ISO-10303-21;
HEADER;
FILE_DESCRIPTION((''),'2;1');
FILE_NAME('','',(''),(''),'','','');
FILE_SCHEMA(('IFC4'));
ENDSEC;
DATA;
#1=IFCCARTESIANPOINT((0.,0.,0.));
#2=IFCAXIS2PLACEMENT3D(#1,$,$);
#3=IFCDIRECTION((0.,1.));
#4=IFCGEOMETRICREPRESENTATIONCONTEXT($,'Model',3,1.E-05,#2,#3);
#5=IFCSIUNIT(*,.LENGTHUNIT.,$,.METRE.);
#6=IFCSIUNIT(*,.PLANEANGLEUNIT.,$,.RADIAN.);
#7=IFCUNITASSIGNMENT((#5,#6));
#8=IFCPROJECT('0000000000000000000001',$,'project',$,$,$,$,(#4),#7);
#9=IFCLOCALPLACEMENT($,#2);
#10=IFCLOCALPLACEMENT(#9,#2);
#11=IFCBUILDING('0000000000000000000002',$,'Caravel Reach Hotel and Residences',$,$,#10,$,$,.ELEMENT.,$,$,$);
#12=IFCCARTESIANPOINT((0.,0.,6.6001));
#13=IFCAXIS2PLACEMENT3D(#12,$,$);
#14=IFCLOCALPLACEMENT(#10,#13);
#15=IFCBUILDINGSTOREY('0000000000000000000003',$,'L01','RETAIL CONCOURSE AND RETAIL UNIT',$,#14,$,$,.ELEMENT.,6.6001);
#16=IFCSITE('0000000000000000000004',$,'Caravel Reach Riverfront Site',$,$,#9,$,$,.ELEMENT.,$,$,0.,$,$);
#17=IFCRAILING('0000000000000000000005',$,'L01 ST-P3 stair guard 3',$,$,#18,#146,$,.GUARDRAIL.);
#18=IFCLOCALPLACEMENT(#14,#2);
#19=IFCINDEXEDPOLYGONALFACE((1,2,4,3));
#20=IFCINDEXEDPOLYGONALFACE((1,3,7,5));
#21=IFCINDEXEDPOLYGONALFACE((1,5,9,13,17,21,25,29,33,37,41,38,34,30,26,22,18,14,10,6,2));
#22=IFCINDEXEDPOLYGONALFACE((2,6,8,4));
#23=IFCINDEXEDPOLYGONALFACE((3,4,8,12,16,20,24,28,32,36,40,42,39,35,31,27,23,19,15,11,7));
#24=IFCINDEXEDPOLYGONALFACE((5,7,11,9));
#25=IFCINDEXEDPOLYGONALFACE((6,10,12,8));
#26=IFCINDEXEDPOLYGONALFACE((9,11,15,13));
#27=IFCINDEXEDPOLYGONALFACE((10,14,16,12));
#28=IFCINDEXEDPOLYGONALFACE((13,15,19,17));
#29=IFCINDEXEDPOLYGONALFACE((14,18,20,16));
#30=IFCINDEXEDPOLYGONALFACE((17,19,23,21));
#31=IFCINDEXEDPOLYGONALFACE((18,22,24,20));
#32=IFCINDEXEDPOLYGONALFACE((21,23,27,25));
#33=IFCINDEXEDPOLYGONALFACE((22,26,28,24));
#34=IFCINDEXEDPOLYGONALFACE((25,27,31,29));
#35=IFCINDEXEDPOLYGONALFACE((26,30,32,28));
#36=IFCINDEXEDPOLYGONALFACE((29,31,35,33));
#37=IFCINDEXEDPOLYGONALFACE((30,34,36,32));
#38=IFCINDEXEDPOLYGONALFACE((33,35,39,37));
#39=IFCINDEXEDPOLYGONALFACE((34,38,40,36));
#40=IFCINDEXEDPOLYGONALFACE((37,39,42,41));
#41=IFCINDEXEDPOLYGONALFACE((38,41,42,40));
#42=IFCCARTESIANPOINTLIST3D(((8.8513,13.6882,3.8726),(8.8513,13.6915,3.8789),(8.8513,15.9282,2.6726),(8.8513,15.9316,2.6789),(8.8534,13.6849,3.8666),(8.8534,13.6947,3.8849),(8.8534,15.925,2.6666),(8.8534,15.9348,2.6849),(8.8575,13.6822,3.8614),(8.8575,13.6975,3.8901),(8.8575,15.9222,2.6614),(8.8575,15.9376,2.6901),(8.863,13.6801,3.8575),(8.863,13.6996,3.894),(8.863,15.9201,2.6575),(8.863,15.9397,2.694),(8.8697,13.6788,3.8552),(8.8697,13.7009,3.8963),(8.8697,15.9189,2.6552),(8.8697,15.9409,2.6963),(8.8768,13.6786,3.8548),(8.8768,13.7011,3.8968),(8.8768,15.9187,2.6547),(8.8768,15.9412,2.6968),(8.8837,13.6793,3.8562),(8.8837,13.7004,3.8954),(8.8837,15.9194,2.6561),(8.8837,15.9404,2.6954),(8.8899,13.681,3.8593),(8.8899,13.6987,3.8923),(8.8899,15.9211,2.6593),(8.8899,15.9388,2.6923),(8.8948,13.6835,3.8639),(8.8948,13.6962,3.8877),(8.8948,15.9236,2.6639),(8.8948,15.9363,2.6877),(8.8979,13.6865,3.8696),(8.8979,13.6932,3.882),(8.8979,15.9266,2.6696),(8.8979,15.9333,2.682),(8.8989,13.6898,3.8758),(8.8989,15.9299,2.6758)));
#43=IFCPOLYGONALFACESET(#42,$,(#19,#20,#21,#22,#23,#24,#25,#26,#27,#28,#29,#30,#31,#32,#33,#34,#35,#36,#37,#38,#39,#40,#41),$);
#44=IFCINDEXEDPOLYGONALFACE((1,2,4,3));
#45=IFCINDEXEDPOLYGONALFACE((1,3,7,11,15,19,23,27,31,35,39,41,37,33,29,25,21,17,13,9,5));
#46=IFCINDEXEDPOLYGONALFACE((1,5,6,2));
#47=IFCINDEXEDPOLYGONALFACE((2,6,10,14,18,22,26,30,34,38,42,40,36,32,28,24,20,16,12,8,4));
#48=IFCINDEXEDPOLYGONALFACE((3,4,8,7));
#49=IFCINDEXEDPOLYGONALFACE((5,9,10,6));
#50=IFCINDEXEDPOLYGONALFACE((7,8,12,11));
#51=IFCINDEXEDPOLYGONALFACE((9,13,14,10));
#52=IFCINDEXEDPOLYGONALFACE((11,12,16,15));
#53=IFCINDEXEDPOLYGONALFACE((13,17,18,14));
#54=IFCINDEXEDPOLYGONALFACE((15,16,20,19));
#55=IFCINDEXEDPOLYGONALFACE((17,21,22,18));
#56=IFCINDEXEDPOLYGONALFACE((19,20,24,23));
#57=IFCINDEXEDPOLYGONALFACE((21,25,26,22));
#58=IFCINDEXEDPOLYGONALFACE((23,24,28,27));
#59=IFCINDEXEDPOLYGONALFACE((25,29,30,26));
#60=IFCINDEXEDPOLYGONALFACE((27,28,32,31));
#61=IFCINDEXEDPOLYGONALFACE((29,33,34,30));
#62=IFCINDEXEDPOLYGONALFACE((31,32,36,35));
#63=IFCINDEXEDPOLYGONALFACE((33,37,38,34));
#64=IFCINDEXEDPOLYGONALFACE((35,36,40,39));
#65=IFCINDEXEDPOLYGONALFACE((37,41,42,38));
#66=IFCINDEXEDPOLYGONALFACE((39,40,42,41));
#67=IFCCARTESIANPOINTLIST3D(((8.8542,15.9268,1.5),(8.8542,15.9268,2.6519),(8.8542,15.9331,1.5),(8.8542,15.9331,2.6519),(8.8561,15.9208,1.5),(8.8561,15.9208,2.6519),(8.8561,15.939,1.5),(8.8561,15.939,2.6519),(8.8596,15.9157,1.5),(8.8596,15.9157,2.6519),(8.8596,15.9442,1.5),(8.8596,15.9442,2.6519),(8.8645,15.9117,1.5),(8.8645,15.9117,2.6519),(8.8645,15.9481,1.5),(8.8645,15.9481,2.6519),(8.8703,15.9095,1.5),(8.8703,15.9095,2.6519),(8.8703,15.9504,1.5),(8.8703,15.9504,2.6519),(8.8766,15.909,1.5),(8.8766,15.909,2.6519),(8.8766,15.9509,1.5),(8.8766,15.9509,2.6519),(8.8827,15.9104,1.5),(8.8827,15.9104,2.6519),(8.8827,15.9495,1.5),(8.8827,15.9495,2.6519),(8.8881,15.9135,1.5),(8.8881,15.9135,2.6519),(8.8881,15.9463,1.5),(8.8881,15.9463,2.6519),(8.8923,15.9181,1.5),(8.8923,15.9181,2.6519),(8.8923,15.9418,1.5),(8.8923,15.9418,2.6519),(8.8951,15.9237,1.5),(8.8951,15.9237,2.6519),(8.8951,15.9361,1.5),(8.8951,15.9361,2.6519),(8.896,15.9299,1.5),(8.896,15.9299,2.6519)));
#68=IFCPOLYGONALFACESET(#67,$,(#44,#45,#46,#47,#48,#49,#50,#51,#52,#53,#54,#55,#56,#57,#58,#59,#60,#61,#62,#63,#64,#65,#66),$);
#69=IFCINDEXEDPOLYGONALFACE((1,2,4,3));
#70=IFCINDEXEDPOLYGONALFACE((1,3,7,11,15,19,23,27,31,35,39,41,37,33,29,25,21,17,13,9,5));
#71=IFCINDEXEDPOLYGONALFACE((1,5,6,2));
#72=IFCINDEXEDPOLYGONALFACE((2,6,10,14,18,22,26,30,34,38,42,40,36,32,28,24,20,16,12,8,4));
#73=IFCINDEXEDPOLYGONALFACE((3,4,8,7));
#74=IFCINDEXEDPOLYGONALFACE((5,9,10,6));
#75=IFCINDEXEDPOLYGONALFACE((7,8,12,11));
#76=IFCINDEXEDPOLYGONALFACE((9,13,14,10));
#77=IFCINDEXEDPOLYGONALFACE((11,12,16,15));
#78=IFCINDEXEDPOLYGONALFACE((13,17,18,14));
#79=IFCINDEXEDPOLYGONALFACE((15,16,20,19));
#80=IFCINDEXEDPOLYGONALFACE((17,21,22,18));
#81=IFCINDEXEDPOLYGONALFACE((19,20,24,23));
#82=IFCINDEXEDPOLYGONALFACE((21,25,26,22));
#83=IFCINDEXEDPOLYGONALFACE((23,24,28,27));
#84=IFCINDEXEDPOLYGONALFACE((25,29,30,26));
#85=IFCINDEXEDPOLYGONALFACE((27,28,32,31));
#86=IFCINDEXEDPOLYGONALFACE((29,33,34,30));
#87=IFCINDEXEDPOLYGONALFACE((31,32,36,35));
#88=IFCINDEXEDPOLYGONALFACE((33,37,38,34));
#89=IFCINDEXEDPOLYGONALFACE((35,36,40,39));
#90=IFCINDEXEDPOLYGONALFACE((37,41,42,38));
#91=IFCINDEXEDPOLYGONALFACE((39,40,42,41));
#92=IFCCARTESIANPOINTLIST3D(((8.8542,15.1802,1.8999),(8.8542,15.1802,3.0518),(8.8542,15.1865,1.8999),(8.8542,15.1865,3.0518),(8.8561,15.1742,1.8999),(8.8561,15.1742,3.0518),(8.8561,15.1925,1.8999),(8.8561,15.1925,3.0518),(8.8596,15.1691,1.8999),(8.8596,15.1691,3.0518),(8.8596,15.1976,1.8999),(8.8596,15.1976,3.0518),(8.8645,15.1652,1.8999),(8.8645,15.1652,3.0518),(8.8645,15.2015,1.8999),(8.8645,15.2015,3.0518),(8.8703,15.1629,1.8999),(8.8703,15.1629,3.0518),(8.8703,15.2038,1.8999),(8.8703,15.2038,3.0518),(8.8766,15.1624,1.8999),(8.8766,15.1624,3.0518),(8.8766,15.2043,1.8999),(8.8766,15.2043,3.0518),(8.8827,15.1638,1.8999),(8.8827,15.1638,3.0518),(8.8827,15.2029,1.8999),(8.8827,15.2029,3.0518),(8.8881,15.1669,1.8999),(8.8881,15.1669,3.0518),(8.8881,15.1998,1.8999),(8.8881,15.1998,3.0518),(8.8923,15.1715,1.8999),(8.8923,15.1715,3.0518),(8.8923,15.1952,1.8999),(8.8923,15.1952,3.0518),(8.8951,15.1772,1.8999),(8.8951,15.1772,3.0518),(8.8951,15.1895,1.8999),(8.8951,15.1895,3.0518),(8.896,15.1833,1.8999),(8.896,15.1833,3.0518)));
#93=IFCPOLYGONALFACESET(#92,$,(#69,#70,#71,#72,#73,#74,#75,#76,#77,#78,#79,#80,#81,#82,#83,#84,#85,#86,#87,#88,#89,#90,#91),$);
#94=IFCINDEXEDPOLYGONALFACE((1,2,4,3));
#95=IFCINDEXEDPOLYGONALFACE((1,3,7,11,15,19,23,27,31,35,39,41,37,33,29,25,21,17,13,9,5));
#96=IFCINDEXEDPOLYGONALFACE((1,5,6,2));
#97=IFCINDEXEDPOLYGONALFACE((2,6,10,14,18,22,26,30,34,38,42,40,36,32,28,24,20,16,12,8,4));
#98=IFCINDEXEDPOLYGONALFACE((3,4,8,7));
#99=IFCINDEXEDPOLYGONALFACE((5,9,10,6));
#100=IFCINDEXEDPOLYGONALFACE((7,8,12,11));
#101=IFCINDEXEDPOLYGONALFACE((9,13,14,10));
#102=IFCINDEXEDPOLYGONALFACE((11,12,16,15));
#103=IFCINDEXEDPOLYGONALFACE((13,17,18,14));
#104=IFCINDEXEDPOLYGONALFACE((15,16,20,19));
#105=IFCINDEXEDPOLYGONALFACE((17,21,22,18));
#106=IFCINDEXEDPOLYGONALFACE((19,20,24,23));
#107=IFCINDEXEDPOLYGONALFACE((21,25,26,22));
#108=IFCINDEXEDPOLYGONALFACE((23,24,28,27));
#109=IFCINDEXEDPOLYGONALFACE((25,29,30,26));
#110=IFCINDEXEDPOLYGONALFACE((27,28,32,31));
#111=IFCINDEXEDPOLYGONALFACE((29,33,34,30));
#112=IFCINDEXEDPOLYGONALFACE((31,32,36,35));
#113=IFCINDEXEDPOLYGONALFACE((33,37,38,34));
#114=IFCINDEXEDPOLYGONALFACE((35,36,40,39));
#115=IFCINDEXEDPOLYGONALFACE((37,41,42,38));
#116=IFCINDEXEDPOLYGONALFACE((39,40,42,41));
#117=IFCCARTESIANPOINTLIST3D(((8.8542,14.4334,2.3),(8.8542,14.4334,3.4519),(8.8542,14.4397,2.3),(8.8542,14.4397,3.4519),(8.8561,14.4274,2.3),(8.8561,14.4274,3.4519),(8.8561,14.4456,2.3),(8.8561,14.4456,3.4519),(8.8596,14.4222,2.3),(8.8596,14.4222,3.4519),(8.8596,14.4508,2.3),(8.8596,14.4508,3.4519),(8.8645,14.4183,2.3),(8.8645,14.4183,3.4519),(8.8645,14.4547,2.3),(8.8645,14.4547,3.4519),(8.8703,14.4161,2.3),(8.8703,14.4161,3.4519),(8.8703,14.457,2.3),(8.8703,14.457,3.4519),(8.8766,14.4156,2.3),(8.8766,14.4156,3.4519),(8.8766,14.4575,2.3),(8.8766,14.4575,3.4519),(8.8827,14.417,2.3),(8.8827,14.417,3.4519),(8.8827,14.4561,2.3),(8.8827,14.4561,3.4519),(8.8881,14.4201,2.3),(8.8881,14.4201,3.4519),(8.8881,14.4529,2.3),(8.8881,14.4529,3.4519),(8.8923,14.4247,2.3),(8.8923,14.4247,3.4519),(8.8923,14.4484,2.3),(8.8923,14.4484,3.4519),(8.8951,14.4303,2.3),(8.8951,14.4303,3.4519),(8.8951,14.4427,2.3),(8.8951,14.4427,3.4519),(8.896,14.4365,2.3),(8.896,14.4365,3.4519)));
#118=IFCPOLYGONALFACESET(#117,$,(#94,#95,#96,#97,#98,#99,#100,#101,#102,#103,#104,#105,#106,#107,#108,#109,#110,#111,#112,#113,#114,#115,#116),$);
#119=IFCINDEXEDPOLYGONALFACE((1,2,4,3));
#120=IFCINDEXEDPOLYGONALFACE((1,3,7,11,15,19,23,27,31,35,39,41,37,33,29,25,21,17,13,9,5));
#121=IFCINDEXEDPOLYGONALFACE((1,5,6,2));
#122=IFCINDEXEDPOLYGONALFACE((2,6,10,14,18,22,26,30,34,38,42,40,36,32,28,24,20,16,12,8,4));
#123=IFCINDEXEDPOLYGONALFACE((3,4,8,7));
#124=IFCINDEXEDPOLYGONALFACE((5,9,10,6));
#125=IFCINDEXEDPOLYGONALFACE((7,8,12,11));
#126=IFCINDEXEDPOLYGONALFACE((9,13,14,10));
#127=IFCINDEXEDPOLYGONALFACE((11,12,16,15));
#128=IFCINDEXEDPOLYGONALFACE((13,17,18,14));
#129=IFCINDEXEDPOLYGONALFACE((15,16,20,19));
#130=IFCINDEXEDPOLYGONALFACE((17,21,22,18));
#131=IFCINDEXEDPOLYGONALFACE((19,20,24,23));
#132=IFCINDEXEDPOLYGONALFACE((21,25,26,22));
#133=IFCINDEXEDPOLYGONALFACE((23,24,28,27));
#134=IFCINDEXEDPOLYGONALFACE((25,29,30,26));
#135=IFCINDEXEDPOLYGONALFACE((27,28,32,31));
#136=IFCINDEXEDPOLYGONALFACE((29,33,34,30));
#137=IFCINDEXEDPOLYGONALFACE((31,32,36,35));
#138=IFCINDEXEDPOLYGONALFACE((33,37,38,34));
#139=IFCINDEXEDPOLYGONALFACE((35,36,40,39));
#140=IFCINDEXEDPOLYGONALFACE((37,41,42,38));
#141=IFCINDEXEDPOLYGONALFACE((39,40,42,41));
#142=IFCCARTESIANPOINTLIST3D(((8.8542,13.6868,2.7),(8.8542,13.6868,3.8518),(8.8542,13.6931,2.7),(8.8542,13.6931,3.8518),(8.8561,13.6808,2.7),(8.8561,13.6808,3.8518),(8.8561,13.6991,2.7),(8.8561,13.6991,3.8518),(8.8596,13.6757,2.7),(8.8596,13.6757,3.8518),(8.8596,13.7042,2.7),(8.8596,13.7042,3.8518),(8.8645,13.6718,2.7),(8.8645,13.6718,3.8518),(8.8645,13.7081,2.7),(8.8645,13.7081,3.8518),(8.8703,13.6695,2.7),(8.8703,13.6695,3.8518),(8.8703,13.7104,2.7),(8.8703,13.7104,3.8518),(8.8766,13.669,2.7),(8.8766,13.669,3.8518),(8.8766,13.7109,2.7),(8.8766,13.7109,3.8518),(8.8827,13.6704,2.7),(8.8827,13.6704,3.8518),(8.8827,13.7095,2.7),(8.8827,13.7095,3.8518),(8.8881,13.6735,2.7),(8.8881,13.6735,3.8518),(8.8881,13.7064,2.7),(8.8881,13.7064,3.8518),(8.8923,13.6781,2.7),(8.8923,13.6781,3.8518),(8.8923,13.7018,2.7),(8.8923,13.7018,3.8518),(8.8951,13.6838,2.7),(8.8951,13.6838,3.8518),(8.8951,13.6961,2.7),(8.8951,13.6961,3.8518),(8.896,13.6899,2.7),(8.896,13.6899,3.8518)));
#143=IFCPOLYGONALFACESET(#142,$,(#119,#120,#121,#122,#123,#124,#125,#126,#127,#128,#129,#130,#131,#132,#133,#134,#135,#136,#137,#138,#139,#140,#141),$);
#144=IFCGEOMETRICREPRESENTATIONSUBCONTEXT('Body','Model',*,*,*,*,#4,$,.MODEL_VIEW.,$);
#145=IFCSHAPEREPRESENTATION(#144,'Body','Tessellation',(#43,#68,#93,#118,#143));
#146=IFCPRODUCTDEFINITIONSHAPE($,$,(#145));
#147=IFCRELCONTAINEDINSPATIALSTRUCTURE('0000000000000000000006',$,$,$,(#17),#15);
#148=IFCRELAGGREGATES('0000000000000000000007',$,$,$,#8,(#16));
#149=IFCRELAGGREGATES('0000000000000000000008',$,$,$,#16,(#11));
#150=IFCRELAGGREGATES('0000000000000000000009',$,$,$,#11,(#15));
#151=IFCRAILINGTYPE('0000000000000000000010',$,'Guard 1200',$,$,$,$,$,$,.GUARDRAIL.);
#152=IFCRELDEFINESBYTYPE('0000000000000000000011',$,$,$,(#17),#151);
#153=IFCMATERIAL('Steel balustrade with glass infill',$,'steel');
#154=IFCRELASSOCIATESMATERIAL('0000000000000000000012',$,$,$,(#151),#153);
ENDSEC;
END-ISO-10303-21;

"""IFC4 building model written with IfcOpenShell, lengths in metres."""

from ifc_helpers import new_model, si_unit, direction, frame, origin, origin_2d, place, context, subcontext, project, spatial, circle, extrude, material, type_object, element, save


model = new_model("IFC4")

# Units and contexts
model_context = context("Model", 3, precision=1e-05, world=origin(), true_north=direction((0.0, 1.0)))
body_context = subcontext(model_context, "Body", "Model", "MODEL_VIEW")
ifc_project = project(units=[si_unit("LENGTHUNIT", "METRE"), si_unit("PLANEANGLEUNIT", "RADIAN")], contexts=[model_context])

# Site, building, storey
site_placement = place(None, origin())
site = spatial("IfcSite", under=ifc_project, at=site_placement, Name="Caravel Reach Riverfront Site", CompositionType="ELEMENT", RefElevation=0.0)
building_placement = place(site_placement, origin())
building = spatial("IfcBuilding", under=site, at=building_placement, Name="Caravel Reach Hotel and Residences", CompositionType="ELEMENT")
storey_placement = place(building_placement, frame((0.0, 0.0, 6.6001)))
storey = spatial("IfcBuildingStorey", under=building, at=storey_placement, Name="L01", Description="RETAIL CONCOURSE AND RETAIL UNIT", CompositionType="ELEMENT", Elevation=6.6001)

# Railing
ifc_material_1 = material(Name="Steel balustrade with glass infill", Category="steel")
railing_type_1 = type_object("IfcRailingType", Name="Guard 1200", PredefinedType="GUARDRAIL", material=ifc_material_1)
railing_1_placement = place(storey_placement, frame((8.875, 15.9299, 1.5)))
element("IfcRailing", 1, at=railing_1_placement, inside=storey, type_object=railing_type_1, Name="L01 ST-P3 stair guard 3", PredefinedType="GUARDRAIL", context=body_context, shape_type="SweptSolid", body=[
    extrude(circle(Radius=0.0239, at=origin_2d()), frame((0.0, 0.0, 1.1758), z_axis=(0.0, -0.881487, 0.472208), x_axis=(1.0, 0.0, 0.0)), (0.0, 0.0, 1.0), 2.5413),
    extrude(circle(Radius=0.021, at=origin_2d()), origin(), (0.0, 0.0, 1.0), 1.1519),
    extrude(circle(Radius=0.021, at=origin_2d()), frame((0.0, -0.7466, 0.3999)), (0.0, 0.0, 1.0), 1.1519),
    extrude(circle(Radius=0.021, at=origin_2d()), frame((0.0, -1.4934, 0.8)), (0.0, 0.0, 1.0), 1.1519),
    extrude(circle(Radius=0.021, at=origin_2d()), frame((0.0, -2.24, 1.2)), (0.0, 0.0, 1.0), 1.1519),
])

save(model, "model.ifc")
